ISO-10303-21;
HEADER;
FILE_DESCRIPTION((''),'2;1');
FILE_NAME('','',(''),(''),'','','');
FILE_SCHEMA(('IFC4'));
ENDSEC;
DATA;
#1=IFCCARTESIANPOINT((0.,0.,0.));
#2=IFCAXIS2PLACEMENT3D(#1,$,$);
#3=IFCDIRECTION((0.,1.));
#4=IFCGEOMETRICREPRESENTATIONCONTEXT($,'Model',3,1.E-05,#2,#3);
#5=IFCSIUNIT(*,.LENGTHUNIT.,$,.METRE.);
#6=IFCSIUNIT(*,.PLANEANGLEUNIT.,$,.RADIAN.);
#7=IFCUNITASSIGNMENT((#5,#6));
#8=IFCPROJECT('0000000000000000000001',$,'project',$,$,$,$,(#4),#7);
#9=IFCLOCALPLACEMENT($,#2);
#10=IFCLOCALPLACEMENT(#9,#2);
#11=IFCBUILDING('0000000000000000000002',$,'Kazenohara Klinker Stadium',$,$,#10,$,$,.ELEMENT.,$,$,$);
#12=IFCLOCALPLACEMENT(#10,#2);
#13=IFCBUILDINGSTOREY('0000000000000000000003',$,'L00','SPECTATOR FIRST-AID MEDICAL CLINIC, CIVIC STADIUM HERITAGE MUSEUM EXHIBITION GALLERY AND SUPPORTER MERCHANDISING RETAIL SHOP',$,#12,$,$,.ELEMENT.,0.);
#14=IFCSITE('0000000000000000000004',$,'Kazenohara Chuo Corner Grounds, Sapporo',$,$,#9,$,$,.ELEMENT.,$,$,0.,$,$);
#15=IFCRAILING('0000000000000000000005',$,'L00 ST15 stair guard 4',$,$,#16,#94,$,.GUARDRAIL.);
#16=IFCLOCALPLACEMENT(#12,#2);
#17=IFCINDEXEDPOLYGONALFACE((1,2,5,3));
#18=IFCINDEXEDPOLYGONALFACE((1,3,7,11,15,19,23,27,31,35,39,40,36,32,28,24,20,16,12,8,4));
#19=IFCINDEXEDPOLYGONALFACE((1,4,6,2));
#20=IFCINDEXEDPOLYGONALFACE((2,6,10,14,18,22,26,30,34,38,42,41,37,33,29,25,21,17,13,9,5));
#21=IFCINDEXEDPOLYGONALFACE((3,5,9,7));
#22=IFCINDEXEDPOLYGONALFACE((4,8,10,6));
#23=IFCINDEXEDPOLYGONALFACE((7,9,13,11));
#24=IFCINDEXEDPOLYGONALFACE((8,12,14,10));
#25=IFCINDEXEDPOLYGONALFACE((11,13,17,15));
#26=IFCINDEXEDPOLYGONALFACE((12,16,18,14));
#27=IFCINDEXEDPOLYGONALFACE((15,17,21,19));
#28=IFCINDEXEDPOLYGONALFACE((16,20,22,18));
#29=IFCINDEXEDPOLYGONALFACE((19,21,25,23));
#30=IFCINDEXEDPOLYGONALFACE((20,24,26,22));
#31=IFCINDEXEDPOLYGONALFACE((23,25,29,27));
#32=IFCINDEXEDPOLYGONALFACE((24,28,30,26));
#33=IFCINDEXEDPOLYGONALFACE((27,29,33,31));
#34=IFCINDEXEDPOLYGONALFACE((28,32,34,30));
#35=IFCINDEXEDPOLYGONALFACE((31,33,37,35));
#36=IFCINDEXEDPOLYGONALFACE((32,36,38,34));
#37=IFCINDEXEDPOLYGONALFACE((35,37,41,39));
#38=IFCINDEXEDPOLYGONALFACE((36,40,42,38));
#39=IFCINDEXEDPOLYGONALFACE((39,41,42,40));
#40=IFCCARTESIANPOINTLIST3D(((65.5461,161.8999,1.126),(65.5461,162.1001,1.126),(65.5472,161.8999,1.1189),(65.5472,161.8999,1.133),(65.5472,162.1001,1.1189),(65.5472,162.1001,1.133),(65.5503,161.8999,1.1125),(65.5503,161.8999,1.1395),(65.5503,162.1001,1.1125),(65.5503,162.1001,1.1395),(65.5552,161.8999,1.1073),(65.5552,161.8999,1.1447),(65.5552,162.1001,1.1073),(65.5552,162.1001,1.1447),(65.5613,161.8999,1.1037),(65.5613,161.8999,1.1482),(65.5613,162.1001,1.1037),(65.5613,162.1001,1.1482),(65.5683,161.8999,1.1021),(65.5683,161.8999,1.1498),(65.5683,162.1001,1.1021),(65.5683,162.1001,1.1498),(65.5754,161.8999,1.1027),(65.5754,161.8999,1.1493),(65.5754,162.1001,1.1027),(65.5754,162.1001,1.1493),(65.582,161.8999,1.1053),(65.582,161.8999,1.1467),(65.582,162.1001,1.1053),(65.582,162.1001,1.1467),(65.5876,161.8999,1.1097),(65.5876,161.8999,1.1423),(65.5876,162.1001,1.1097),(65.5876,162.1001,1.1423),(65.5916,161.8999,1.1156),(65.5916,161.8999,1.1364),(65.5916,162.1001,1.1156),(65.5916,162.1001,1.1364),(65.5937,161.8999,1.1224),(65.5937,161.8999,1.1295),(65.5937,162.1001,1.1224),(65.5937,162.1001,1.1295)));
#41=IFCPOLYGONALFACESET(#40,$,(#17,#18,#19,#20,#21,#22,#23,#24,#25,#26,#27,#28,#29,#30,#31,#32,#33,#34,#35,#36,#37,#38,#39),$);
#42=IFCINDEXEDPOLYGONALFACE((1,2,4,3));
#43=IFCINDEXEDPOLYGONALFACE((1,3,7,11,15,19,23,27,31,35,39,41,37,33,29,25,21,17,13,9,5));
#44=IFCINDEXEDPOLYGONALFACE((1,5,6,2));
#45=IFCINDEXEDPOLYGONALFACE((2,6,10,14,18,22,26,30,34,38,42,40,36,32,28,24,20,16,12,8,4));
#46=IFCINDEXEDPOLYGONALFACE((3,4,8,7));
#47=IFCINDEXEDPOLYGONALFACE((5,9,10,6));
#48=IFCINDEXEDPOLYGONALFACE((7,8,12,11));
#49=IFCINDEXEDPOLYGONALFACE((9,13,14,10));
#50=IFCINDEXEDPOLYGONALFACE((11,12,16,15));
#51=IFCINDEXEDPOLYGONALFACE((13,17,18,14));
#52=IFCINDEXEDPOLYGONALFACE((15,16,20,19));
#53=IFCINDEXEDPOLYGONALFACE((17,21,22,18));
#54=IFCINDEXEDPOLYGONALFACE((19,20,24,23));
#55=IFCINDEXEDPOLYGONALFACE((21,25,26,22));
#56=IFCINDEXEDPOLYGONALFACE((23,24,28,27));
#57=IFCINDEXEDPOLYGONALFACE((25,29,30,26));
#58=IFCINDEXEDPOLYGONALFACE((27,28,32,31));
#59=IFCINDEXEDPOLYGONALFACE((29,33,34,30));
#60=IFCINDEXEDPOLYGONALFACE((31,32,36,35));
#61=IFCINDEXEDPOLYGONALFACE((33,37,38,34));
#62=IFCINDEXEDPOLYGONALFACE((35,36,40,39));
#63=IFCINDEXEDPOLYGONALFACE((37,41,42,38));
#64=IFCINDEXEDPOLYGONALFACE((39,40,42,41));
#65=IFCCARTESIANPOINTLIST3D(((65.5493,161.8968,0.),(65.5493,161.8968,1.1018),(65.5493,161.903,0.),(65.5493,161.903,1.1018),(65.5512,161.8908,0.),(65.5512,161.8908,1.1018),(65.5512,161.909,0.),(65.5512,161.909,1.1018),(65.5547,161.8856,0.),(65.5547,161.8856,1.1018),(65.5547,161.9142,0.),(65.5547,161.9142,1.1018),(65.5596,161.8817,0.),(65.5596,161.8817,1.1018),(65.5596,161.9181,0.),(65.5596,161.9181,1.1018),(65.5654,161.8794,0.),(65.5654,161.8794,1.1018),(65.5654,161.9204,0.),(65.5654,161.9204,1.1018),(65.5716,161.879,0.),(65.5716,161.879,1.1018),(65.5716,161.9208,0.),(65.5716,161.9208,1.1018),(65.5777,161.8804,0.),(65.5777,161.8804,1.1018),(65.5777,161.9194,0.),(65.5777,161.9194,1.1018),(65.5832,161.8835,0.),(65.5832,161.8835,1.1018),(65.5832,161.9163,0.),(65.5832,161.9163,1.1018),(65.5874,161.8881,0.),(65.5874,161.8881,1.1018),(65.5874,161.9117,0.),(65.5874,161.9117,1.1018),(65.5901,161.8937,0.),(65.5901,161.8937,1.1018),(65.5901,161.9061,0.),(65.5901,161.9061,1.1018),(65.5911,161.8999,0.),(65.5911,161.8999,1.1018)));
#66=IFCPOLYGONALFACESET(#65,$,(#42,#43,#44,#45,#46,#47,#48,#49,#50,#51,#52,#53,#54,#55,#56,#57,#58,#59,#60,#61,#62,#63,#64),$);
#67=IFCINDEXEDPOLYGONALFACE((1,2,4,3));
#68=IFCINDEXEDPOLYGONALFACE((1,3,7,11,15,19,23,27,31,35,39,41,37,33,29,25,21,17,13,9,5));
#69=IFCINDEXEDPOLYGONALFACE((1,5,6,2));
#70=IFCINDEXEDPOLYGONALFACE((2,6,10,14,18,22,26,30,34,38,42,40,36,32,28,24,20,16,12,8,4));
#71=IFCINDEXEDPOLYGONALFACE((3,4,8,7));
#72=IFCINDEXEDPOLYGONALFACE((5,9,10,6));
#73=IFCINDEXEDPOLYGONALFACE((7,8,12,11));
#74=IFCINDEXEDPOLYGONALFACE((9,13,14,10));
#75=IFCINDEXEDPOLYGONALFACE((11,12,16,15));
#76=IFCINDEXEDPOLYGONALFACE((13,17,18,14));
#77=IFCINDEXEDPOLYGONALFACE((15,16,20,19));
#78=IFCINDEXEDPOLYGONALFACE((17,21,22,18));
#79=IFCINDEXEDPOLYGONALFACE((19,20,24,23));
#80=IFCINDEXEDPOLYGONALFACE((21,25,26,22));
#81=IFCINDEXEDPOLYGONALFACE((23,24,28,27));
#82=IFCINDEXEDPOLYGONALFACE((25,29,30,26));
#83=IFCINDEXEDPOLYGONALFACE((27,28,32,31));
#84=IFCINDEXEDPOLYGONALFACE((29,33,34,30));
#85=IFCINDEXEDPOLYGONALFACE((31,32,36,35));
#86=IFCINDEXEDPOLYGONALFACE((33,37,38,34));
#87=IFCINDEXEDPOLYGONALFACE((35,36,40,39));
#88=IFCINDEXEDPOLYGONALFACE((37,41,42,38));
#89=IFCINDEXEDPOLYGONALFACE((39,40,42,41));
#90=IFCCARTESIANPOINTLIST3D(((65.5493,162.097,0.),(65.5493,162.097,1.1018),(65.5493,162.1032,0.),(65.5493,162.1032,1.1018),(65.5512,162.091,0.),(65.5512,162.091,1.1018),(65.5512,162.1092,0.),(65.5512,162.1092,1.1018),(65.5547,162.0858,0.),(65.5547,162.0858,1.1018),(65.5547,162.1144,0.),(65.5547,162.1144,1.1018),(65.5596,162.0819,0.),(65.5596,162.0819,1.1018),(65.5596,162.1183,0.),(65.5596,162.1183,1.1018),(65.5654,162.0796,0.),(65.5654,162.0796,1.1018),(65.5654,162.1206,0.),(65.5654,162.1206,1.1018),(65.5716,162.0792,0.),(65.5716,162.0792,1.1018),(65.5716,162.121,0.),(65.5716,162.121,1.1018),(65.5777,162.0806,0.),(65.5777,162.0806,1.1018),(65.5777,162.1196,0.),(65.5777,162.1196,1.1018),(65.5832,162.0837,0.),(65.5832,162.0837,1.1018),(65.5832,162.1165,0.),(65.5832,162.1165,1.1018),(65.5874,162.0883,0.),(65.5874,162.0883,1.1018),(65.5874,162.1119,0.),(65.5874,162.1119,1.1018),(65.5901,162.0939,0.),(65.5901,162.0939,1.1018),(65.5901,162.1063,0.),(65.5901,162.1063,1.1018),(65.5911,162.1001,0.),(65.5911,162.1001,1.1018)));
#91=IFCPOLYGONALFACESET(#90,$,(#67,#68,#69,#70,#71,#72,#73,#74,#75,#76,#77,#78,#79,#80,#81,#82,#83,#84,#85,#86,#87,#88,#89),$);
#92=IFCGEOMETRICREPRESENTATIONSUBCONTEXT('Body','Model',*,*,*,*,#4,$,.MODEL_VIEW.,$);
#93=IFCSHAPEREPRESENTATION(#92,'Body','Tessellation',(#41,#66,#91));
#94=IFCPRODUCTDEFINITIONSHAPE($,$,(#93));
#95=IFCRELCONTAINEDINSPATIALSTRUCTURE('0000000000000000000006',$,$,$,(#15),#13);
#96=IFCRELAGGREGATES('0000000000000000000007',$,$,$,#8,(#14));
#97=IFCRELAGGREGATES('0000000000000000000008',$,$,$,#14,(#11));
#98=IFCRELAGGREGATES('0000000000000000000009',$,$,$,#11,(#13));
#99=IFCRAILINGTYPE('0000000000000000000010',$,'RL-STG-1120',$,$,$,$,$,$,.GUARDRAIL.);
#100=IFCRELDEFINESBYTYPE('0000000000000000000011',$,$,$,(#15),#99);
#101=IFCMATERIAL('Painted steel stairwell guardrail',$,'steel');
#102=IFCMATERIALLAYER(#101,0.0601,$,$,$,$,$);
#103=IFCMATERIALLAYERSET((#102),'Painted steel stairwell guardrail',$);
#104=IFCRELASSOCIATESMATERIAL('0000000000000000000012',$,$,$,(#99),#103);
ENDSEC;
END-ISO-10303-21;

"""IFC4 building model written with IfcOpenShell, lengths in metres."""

from ifc_helpers import new_model, si_unit, direction, frame, origin, origin_2d, place, context, subcontext, project, spatial, circle, extrude, material, layer, layer_set, type_object, element, save


model = new_model("IFC4")

# Units and contexts
model_context = context("Model", 3, precision=1e-05, world=origin(), true_north=direction((0.0, 1.0)))
body_context = subcontext(model_context, "Body", "Model", "MODEL_VIEW")
ifc_project = project(units=[si_unit("LENGTHUNIT", "METRE"), si_unit("PLANEANGLEUNIT", "RADIAN")], contexts=[model_context])

# Site, building, storey
site_placement = place(None, origin())
site = spatial("IfcSite", under=ifc_project, at=site_placement, Name="Kazenohara Chuo Corner Grounds, Sapporo", CompositionType="ELEMENT", RefElevation=0.0)
building_placement = place(site_placement, origin())
building = spatial("IfcBuilding", under=site, at=building_placement, Name="Kazenohara Klinker Stadium", CompositionType="ELEMENT")
storey_placement = place(building_placement, origin())
storey = spatial("IfcBuildingStorey", under=building, at=storey_placement, Name="L00", Description="SPECTATOR FIRST-AID MEDICAL CLINIC, CIVIC STADIUM HERITAGE MUSEUM EXHIBITION GALLERY AND SUPPORTER MERCHANDISING RETAIL SHOP", CompositionType="ELEMENT", Elevation=0.0)

# Railing
ifc_material_1 = material(Name="Painted steel stairwell guardrail", Category="steel")
ifc_layer_1 = layer(ifc_material_1, 0.0601)
ifc_layer_set_1 = layer_set([ifc_layer_1], Name="Painted steel stairwell guardrail")
railing_type_1 = type_object("IfcRailingType", Name="RL-STG-1120", PredefinedType="GUARDRAIL", material=ifc_layer_set_1)
railing_1_placement = place(storey_placement, frame((65.5701, 161.8999, 0.0)))
element("IfcRailing", 1, at=railing_1_placement, inside=storey, type_object=railing_type_1, Name="L00 ST15 stair guard 4", PredefinedType="GUARDRAIL", context=body_context, shape_type="SweptSolid", body=[
    extrude(circle(Radius=0.0239, at=origin_2d()), frame((0.0, 0.0, 1.126), z_axis=(0.0, 1.0, 0.0), x_axis=(-1.0, 0.0, 0.0)), (0.0, 0.0, 1.0), 0.2002),
    extrude(circle(Radius=0.021, at=origin_2d()), origin(), (0.0, 0.0, 1.0), 1.1018),
    extrude(circle(Radius=0.021, at=origin_2d()), frame((0.0, 0.2002, 0.0)), (0.0, 0.0, 1.0), 1.1018),
])

save(model, "model.ifc")
